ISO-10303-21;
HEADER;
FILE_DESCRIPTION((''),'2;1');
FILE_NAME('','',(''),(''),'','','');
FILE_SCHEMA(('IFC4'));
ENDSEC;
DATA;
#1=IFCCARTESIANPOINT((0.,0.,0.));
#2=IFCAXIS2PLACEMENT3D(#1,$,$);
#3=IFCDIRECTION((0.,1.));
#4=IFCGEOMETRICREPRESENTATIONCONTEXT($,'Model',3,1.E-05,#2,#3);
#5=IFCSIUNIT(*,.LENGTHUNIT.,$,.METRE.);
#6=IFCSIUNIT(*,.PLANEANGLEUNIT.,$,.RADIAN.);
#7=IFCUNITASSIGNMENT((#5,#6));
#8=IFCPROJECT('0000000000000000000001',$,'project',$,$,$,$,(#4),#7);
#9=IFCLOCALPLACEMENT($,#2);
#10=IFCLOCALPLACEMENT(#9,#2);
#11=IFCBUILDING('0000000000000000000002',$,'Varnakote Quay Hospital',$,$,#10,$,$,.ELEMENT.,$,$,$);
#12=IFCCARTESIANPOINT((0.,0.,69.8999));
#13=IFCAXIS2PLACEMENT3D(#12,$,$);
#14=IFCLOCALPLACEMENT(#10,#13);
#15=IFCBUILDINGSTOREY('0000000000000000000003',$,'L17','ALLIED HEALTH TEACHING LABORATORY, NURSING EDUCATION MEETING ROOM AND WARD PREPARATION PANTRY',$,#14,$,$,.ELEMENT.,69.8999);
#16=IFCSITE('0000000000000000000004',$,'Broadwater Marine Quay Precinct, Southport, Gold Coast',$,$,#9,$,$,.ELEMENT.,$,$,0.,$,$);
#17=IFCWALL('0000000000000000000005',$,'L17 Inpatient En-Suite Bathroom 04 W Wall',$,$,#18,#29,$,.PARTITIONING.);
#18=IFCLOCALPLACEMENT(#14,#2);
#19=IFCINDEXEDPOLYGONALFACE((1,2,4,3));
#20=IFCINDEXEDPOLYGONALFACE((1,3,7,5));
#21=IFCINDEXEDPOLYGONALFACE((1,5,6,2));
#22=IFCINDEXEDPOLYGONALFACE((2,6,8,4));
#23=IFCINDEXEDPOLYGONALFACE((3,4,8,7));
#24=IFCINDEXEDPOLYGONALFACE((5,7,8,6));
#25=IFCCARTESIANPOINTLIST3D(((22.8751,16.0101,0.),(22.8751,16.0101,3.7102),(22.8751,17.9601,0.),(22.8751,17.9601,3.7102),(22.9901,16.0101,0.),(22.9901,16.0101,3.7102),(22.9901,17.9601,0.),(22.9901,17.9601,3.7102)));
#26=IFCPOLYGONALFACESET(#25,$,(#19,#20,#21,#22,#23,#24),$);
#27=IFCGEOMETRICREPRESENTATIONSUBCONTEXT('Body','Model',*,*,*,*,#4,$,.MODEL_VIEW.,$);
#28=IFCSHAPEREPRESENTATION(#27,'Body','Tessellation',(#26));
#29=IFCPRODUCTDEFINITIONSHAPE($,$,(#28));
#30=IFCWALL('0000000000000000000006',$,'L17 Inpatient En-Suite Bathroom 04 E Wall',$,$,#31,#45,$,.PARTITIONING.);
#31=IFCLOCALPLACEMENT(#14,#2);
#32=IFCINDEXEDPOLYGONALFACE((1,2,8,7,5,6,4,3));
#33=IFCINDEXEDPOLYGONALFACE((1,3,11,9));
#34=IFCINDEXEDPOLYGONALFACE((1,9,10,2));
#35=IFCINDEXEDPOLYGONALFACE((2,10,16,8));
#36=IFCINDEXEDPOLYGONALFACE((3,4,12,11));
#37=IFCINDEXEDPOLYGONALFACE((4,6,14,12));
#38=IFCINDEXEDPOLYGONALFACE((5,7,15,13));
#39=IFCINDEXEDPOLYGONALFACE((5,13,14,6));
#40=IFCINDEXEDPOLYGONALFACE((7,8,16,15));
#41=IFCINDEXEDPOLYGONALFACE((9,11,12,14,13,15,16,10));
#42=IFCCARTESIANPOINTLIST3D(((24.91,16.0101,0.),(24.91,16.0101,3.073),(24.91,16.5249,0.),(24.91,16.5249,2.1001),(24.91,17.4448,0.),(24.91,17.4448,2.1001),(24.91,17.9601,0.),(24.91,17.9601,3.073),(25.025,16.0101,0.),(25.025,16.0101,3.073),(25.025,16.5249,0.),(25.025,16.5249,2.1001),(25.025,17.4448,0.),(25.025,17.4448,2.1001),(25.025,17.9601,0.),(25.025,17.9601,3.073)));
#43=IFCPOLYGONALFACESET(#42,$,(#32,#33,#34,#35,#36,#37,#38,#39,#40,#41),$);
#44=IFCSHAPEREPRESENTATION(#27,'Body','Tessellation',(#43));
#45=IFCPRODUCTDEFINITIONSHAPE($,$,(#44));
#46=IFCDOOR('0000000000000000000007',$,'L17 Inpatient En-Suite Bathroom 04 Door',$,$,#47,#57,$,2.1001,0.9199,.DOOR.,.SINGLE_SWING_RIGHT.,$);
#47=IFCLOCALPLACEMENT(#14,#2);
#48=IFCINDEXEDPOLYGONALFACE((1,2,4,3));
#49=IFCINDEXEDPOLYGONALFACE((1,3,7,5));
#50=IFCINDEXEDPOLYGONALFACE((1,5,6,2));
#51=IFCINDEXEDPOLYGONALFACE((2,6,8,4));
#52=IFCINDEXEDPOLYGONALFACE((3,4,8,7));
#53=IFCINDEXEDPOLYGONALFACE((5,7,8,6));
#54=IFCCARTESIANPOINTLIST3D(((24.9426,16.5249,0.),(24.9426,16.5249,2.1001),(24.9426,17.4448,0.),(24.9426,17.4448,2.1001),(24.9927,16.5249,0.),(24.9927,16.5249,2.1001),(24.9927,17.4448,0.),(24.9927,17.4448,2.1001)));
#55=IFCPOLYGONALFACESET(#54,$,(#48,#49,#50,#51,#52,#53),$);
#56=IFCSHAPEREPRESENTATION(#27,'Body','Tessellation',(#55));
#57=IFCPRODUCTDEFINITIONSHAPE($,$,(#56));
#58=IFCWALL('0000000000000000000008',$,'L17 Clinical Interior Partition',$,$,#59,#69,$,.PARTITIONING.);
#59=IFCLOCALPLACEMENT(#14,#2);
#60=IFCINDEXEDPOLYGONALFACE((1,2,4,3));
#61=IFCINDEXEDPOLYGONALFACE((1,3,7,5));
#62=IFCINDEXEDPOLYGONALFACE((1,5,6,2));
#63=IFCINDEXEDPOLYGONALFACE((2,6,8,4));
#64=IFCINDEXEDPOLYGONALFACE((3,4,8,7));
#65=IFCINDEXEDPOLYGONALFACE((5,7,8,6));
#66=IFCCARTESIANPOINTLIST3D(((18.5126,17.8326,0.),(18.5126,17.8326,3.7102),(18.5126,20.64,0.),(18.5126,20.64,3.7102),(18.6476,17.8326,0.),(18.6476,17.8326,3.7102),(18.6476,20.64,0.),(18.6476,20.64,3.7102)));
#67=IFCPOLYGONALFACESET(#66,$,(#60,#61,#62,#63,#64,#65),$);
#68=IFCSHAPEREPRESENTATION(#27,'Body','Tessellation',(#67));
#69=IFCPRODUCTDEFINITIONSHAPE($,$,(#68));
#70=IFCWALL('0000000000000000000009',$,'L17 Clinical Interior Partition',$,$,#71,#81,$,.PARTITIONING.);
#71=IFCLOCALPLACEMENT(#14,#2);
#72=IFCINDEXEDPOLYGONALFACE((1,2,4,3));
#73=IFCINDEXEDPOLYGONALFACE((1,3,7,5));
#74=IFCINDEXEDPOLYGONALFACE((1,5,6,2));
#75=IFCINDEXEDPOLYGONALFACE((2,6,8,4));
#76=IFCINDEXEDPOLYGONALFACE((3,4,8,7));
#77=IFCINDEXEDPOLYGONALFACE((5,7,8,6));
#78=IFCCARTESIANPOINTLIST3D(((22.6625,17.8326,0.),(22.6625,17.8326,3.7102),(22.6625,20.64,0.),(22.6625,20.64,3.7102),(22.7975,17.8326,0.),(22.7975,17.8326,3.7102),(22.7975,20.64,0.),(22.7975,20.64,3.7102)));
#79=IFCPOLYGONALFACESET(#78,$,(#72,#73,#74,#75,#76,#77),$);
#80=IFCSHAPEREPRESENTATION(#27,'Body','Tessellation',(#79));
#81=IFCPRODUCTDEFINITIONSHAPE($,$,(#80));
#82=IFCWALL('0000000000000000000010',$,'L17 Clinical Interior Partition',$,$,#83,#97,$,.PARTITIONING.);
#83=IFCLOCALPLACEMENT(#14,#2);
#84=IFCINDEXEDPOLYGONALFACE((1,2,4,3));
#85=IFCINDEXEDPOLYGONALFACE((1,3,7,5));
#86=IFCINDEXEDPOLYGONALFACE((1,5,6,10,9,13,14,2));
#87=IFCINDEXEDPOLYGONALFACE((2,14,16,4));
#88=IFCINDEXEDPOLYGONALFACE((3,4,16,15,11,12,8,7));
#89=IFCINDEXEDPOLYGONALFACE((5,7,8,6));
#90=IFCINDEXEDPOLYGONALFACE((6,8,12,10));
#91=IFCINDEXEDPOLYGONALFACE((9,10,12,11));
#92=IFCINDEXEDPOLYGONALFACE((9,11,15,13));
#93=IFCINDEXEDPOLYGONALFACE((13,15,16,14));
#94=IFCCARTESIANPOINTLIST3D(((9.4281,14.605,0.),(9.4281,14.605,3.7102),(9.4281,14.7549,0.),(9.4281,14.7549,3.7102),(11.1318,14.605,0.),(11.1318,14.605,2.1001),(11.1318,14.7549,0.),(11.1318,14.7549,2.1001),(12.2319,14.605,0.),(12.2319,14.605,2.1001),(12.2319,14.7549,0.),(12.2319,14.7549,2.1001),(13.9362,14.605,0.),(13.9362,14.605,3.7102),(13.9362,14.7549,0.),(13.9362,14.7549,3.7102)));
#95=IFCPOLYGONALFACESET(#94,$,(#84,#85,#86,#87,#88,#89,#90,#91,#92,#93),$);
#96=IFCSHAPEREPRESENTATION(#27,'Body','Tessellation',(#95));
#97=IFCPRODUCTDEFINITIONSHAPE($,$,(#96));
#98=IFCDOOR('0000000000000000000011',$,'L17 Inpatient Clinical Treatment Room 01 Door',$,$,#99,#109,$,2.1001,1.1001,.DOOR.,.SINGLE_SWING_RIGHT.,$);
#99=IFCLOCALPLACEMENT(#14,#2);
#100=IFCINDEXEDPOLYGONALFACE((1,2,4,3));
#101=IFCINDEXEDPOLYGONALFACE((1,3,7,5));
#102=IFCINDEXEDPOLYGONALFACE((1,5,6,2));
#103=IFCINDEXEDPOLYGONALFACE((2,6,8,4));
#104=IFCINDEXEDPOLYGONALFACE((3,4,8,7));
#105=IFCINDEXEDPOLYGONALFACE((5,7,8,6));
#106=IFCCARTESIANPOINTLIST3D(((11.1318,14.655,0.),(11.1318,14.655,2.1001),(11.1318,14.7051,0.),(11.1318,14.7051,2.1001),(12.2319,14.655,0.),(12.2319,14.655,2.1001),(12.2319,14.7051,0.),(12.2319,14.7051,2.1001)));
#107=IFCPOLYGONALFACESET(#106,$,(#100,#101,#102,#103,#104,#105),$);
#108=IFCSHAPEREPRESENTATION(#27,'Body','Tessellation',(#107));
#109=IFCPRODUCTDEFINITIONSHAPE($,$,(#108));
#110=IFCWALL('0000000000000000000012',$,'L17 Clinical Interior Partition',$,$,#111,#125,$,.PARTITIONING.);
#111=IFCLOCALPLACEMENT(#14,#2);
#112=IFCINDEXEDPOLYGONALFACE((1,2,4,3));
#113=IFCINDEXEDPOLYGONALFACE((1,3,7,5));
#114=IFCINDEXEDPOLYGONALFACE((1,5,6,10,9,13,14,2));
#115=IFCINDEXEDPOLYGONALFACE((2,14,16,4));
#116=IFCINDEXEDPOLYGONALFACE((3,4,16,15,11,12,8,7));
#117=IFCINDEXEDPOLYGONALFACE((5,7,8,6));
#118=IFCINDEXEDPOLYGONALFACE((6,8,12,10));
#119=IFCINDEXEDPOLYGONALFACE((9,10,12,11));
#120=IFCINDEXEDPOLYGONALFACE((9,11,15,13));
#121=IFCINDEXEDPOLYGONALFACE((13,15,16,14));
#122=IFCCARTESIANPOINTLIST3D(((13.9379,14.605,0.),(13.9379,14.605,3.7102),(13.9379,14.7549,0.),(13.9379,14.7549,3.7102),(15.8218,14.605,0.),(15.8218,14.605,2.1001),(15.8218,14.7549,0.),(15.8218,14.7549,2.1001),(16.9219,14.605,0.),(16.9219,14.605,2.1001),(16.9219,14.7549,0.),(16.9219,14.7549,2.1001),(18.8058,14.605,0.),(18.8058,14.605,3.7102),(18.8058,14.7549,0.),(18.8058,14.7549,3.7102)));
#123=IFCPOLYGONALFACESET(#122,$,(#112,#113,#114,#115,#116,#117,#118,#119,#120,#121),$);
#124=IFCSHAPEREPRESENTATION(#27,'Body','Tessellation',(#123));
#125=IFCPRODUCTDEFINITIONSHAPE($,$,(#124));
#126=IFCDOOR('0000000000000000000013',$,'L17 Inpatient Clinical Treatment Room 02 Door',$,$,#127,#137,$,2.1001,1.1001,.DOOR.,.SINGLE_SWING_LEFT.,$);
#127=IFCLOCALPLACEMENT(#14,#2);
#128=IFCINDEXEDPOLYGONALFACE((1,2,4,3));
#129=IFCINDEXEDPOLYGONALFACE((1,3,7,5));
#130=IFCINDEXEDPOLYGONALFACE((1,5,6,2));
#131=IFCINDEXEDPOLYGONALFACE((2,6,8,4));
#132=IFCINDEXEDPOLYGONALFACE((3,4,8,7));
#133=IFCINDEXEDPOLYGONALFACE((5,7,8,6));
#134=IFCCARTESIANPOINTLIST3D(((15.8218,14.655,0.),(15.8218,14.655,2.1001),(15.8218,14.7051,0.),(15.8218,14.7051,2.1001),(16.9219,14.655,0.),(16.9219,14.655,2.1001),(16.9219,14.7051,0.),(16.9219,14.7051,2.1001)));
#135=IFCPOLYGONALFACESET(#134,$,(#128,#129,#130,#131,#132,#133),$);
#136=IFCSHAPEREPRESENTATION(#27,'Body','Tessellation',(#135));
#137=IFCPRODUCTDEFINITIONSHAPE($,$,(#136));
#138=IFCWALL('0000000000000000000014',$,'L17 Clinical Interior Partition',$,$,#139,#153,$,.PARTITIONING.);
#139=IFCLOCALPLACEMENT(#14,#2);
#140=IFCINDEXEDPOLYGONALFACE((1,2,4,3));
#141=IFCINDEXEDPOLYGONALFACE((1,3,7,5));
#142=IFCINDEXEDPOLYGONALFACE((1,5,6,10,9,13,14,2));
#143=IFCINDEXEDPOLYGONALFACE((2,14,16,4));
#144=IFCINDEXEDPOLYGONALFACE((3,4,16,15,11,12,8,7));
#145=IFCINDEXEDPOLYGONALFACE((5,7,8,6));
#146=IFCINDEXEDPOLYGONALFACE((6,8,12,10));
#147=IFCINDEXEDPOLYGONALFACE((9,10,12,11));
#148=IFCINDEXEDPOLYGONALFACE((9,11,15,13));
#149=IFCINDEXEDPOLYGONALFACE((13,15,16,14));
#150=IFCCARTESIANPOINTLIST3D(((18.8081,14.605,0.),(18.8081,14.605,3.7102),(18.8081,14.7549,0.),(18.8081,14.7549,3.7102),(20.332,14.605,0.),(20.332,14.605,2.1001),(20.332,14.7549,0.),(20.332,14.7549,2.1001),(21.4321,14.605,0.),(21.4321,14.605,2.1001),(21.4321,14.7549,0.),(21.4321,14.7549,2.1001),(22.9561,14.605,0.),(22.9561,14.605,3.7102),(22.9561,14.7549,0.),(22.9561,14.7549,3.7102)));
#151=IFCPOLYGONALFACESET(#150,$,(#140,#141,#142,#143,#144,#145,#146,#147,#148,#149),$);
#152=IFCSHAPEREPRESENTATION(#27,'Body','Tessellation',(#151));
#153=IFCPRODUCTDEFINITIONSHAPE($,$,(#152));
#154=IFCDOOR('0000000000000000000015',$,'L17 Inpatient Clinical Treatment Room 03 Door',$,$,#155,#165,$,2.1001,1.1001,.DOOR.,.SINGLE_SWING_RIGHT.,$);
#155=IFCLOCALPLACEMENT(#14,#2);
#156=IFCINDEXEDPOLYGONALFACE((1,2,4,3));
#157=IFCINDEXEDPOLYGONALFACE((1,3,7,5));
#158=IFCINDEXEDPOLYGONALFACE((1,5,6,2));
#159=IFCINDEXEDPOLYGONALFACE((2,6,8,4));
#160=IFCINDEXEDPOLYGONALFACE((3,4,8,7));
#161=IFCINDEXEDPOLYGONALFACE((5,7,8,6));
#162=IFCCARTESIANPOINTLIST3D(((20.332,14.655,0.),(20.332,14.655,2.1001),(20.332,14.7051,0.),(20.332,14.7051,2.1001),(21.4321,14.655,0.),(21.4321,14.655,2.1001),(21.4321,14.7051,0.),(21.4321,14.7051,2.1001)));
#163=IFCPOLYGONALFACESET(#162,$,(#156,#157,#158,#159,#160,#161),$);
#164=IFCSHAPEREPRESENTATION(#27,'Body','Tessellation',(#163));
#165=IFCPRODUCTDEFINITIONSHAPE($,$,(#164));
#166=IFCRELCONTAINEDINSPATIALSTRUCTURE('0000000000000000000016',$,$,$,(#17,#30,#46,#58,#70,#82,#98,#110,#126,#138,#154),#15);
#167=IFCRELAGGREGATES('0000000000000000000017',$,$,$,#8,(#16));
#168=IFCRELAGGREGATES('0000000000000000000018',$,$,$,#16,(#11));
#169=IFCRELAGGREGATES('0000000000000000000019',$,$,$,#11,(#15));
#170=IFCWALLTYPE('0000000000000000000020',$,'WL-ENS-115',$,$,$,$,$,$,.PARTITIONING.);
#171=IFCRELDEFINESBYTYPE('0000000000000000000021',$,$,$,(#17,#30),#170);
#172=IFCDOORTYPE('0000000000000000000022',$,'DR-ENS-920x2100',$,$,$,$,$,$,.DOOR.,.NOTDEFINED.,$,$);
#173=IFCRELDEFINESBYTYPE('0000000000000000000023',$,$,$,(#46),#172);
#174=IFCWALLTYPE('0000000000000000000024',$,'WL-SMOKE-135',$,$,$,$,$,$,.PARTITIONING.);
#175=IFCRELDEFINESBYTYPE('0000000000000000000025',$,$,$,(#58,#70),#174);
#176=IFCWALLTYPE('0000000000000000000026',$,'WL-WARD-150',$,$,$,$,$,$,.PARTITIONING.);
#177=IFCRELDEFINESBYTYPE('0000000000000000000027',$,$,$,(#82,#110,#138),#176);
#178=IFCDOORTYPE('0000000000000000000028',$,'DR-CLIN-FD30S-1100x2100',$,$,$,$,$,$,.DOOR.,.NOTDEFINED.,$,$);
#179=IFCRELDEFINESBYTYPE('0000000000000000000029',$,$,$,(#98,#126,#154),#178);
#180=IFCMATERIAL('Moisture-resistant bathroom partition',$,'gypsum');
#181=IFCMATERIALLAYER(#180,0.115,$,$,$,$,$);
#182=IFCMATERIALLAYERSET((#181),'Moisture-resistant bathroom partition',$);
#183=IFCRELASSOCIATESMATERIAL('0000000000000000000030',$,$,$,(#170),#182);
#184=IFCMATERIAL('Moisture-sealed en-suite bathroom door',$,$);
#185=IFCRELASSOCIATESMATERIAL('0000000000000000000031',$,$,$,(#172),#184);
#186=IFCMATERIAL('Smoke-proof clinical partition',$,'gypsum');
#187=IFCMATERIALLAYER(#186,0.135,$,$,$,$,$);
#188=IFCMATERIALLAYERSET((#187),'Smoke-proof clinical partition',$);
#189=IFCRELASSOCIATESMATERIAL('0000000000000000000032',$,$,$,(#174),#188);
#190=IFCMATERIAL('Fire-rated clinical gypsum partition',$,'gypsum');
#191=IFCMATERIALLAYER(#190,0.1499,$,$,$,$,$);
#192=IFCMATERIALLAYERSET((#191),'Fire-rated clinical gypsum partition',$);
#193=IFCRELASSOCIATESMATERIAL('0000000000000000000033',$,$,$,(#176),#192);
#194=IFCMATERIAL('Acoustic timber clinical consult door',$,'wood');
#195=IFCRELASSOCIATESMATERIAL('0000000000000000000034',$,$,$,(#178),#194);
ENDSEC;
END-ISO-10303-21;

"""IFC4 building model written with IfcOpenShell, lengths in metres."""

from ifc_helpers import new_model, si_unit, direction, frame, frame_2d, origin, place, context, subcontext, project, spatial, rectangle, extrude, material, layer, layer_set, type_object, element, fill, save


model = new_model("IFC4")

# Units and contexts
model_context = context("Model", 3, precision=1e-05, world=origin(), true_north=direction((0.0, 1.0)))
body_context = subcontext(model_context, "Body", "Model", "MODEL_VIEW")
ifc_project = project(units=[si_unit("LENGTHUNIT", "METRE"), si_unit("PLANEANGLEUNIT", "RADIAN")], contexts=[model_context])

# Site, building, storey
site_placement = place(None, origin())
site = spatial("IfcSite", under=ifc_project, at=site_placement, Name="Broadwater Marine Quay Precinct, Southport, Gold Coast", CompositionType="ELEMENT", RefElevation=0.0)
building_placement = place(site_placement, origin())
building = spatial("IfcBuilding", under=site, at=building_placement, Name="Varnakote Quay Hospital", CompositionType="ELEMENT")
storey_placement = place(building_placement, frame((0.0, 0.0, 69.8999)))
storey = spatial("IfcBuildingStorey", under=building, at=storey_placement, Name="L17", Description="ALLIED HEALTH TEACHING LABORATORY, NURSING EDUCATION MEETING ROOM AND WARD PREPARATION PANTRY", CompositionType="ELEMENT", Elevation=69.8999)

# Shared definitions
ifc_material_1 = material(Name="Moisture-resistant bathroom partition", Category="gypsum")
ifc_layer_1 = layer(ifc_material_1, 0.115)
ifc_layer_set_1 = layer_set([ifc_layer_1], Name="Moisture-resistant bathroom partition")
wall_type_1 = type_object("IfcWallType", Name="WL-ENS-115", PredefinedType="PARTITIONING", material=ifc_layer_set_1)

# Shared definitions
ifc_material_2 = material(Name="Moisture-sealed en-suite bathroom door")
door_type_1 = type_object("IfcDoorType", Name="DR-ENS-920x2100", OperationType="NOTDEFINED", PredefinedType="DOOR", material=ifc_material_2)

# Wall
wall_1_placement = place(storey_placement, frame((22.9326, 16.01, 0.0), z_axis=(0.0, 0.0, 1.0), x_axis=(0.0, 1.0, 0.0)))
element("IfcWall", 1, at=wall_1_placement, inside=storey, type_object=wall_type_1, Name="L17 Inpatient En-Suite Bathroom 04 W Wall", PredefinedType="PARTITIONING", context=body_context, shape_type="SweptSolid", body=[
    extrude(rectangle(XDim=1.95, YDim=0.115, at=frame_2d((0.9751, 0.0))), origin(), (0.0, 0.0, 1.0), 3.7102),
])

# Wall, opening, door
wall_2_placement = place(storey_placement, frame((24.9675, 16.01, 0.0), z_axis=(0.0, 0.0, 1.0), x_axis=(0.0, 1.0, 0.0)))
wall_2 = element("IfcWall", 2, at=wall_2_placement, inside=storey, type_object=wall_type_1, Name="L17 Inpatient En-Suite Bathroom 04 E Wall", PredefinedType="PARTITIONING", context=body_context, shape_type="SweptSolid", body=[
    extrude(rectangle(XDim=1.95, YDim=0.115, at=frame_2d((0.9751, 0.0))), origin(), (0.0, 0.0, 1.0), 3.073),
])
opening_1_placement = place(wall_2_placement, frame((0.5149, 0.0, 0.0)))
opening_1 = element("IfcOpeningElement", 3, at=opening_1_placement, cuts=wall_2, PredefinedType="OPENING", context=body_context, shape_type="SweptSolid", body=[
    extrude(rectangle(XDim=0.9199, YDim=2.1001, at=frame_2d((0.46, 1.05))), frame((0.0, 0.0674, 0.0), z_axis=(0.0, -1.0, 0.0), x_axis=(1.0, 0.0, 0.0)), (0.0, 0.0, 1.0), 0.135),
])
door_1_placement = place(opening_1_placement, origin())
door_1 = element("IfcDoor", 4, at=door_1_placement, inside=storey, type_object=door_type_1, Name="L17 Inpatient En-Suite Bathroom 04 Door", OperationType="SINGLE_SWING_RIGHT", OverallHeight=2.1001, OverallWidth=0.9199, PredefinedType="DOOR", context=body_context, shape_type="SweptSolid", body=[
    extrude(rectangle(XDim=0.9199, YDim=2.1001, at=frame_2d((0.46, 1.05))), frame((0.0, 0.0249, 0.0), z_axis=(0.0, -1.0, 0.0), x_axis=(1.0, 0.0, 0.0)), (0.0, 0.0, 1.0), 0.05),
])
fill(opening_1, door_1)

# Walls
ifc_material_3 = material(Name="Smoke-proof clinical partition", Category="gypsum")
ifc_layer_2 = layer(ifc_material_3, 0.135)
ifc_layer_set_2 = layer_set([ifc_layer_2], Name="Smoke-proof clinical partition")
wall_type_2 = type_object("IfcWallType", Name="WL-SMOKE-135", PredefinedType="PARTITIONING", material=ifc_layer_set_2)
for number, where, z_axis, x_axis, name in (
    (5, (18.5801, 17.8325, 0.0), (0.0, 0.0, 1.0), (0.0, 1.0, 0.0), "L17 Clinical Interior Partition"),
    (6, (22.73, 17.8325, 0.0), (0.0, 0.0, 1.0), (0.0, 1.0, 0.0), "L17 Clinical Interior Partition"),
):
    element("IfcWall", number, at=place(storey_placement, frame(where, z_axis=z_axis, x_axis=x_axis)), inside=storey, type_object=wall_type_2, Name=name, PredefinedType="PARTITIONING", context=body_context, shape_type="SweptSolid", body=[
        extrude(rectangle(XDim=2.8074, YDim=0.135, at=frame_2d((1.4038, 0.0))), origin(), (0.0, 0.0, 1.0), 3.7102),
    ])

# Walls, openings, doors
ifc_material_4 = material(Name="Fire-rated clinical gypsum partition", Category="gypsum")
ifc_layer_3 = layer(ifc_material_4, 0.1499)
ifc_layer_set_3 = layer_set([ifc_layer_3], Name="Fire-rated clinical gypsum partition")
wall_type_3 = type_object("IfcWallType", Name="WL-WARD-150", PredefinedType="PARTITIONING", material=ifc_layer_set_3)
wall_3_placement = place(storey_placement, frame((13.936, 14.6799, 0.0), z_axis=(0.0, 0.0, 1.0), x_axis=(-1.0, 0.0, 0.0)))
wall_3 = element("IfcWall", 7, at=wall_3_placement, inside=storey, type_object=wall_type_3, Name="L17 Clinical Interior Partition", PredefinedType="PARTITIONING", context=body_context, shape_type="SweptSolid", body=[
    extrude(rectangle(XDim=4.5081, YDim=0.1499, at=frame_2d((2.2539, 0.0))), origin(), (0.0, 0.0, 1.0), 3.7102),
])
opening_2_placement = place(wall_3_placement, frame((1.7041, 0.0, 0.0)))
opening_2 = element("IfcOpeningElement", 8, at=opening_2_placement, cuts=wall_3, PredefinedType="OPENING", context=body_context, shape_type="SweptSolid", body=[
    extrude(rectangle(XDim=1.1001, YDim=2.1001, at=frame_2d((0.55, 1.05))), frame((0.0, 0.085, 0.0), z_axis=(0.0, -1.0, 0.0), x_axis=(1.0, 0.0, 0.0)), (0.0, 0.0, 1.0), 0.1699),
])
ifc_material_5 = material(Name="Acoustic timber clinical consult door", Category="wood")
door_type_2 = type_object("IfcDoorType", Name="DR-CLIN-FD30S-1100x2100", OperationType="NOTDEFINED", PredefinedType="DOOR", material=ifc_material_5)
door_2_placement = place(opening_2_placement, origin())
door_2 = element("IfcDoor", 9, at=door_2_placement, inside=storey, type_object=door_type_2, Name="L17 Inpatient Clinical Treatment Room 01 Door", OperationType="SINGLE_SWING_RIGHT", OverallHeight=2.1001, OverallWidth=1.1001, PredefinedType="DOOR", context=body_context, shape_type="SweptSolid", body=[
    extrude(rectangle(XDim=1.1001, YDim=2.1001, at=frame_2d((0.55, 1.05))), frame((0.0, 0.0249, 0.0), z_axis=(0.0, -1.0, 0.0), x_axis=(1.0, 0.0, 0.0)), (0.0, 0.0, 1.0), 0.05),
])
fill(opening_2, door_2)
wall_4_placement = place(storey_placement, frame((18.8059, 14.6799, 0.0), z_axis=(0.0, 0.0, 1.0), x_axis=(-1.0, 0.0, 0.0)))
wall_4 = element("IfcWall", 10, at=wall_4_placement, inside=storey, type_object=wall_type_3, Name="L17 Clinical Interior Partition", PredefinedType="PARTITIONING", context=body_context, shape_type="SweptSolid", body=[
    extrude(rectangle(XDim=4.8679, YDim=0.1499, at=frame_2d((2.4341, 0.0))), origin(), (0.0, 0.0, 1.0), 3.7102),
])
opening_3_placement = place(wall_4_placement, frame((1.884, 0.0, 0.0)))
opening_3 = element("IfcOpeningElement", 11, at=opening_3_placement, cuts=wall_4, PredefinedType="OPENING", context=body_context, shape_type="SweptSolid", body=[
    extrude(rectangle(XDim=1.1001, YDim=2.1001, at=frame_2d((0.55, 1.05))), frame((0.0, 0.085, 0.0), z_axis=(0.0, -1.0, 0.0), x_axis=(1.0, 0.0, 0.0)), (0.0, 0.0, 1.0), 0.1699),
])
door_3_placement = place(opening_3_placement, origin())
door_3 = element("IfcDoor", 12, at=door_3_placement, inside=storey, type_object=door_type_2, Name="L17 Inpatient Clinical Treatment Room 02 Door", OperationType="SINGLE_SWING_LEFT", OverallHeight=2.1001, OverallWidth=1.1001, PredefinedType="DOOR", context=body_context, shape_type="SweptSolid", body=[
    extrude(rectangle(XDim=1.1001, YDim=2.1001, at=frame_2d((0.55, 1.05))), frame((0.0, 0.0249, 0.0), z_axis=(0.0, -1.0, 0.0), x_axis=(1.0, 0.0, 0.0)), (0.0, 0.0, 1.0), 0.05),
])
fill(opening_3, door_3)
wall_5_placement = place(storey_placement, frame((22.9561, 14.6799, 0.0), z_axis=(0.0, 0.0, 1.0), x_axis=(-1.0, 0.0, 0.0)))
wall_5 = element("IfcWall", 13, at=wall_5_placement, inside=storey, type_object=wall_type_3, Name="L17 Clinical Interior Partition", PredefinedType="PARTITIONING", context=body_context, shape_type="SweptSolid", body=[
    extrude(rectangle(XDim=4.1479, YDim=0.1499, at=frame_2d((2.074, 0.0))), origin(), (0.0, 0.0, 1.0), 3.7102),
])
opening_4_placement = place(wall_5_placement, frame((1.5239, 0.0, 0.0)))
opening_4 = element("IfcOpeningElement", 14, at=opening_4_placement, cuts=wall_5, PredefinedType="OPENING", context=body_context, shape_type="SweptSolid", body=[
    extrude(rectangle(XDim=1.1001, YDim=2.1001, at=frame_2d((0.55, 1.05))), frame((0.0, 0.085, 0.0), z_axis=(0.0, -1.0, 0.0), x_axis=(1.0, 0.0, 0.0)), (0.0, 0.0, 1.0), 0.1699),
])
door_4_placement = place(opening_4_placement, origin())
door_4 = element("IfcDoor", 15, at=door_4_placement, inside=storey, type_object=door_type_2, Name="L17 Inpatient Clinical Treatment Room 03 Door", OperationType="SINGLE_SWING_RIGHT", OverallHeight=2.1001, OverallWidth=1.1001, PredefinedType="DOOR", context=body_context, shape_type="SweptSolid", body=[
    extrude(rectangle(XDim=1.1001, YDim=2.1001, at=frame_2d((0.55, 1.05))), frame((0.0, 0.0249, 0.0), z_axis=(0.0, -1.0, 0.0), x_axis=(1.0, 0.0, 0.0)), (0.0, 0.0, 1.0), 0.05),
])
fill(opening_4, door_4)

save(model, "model.ifc")
